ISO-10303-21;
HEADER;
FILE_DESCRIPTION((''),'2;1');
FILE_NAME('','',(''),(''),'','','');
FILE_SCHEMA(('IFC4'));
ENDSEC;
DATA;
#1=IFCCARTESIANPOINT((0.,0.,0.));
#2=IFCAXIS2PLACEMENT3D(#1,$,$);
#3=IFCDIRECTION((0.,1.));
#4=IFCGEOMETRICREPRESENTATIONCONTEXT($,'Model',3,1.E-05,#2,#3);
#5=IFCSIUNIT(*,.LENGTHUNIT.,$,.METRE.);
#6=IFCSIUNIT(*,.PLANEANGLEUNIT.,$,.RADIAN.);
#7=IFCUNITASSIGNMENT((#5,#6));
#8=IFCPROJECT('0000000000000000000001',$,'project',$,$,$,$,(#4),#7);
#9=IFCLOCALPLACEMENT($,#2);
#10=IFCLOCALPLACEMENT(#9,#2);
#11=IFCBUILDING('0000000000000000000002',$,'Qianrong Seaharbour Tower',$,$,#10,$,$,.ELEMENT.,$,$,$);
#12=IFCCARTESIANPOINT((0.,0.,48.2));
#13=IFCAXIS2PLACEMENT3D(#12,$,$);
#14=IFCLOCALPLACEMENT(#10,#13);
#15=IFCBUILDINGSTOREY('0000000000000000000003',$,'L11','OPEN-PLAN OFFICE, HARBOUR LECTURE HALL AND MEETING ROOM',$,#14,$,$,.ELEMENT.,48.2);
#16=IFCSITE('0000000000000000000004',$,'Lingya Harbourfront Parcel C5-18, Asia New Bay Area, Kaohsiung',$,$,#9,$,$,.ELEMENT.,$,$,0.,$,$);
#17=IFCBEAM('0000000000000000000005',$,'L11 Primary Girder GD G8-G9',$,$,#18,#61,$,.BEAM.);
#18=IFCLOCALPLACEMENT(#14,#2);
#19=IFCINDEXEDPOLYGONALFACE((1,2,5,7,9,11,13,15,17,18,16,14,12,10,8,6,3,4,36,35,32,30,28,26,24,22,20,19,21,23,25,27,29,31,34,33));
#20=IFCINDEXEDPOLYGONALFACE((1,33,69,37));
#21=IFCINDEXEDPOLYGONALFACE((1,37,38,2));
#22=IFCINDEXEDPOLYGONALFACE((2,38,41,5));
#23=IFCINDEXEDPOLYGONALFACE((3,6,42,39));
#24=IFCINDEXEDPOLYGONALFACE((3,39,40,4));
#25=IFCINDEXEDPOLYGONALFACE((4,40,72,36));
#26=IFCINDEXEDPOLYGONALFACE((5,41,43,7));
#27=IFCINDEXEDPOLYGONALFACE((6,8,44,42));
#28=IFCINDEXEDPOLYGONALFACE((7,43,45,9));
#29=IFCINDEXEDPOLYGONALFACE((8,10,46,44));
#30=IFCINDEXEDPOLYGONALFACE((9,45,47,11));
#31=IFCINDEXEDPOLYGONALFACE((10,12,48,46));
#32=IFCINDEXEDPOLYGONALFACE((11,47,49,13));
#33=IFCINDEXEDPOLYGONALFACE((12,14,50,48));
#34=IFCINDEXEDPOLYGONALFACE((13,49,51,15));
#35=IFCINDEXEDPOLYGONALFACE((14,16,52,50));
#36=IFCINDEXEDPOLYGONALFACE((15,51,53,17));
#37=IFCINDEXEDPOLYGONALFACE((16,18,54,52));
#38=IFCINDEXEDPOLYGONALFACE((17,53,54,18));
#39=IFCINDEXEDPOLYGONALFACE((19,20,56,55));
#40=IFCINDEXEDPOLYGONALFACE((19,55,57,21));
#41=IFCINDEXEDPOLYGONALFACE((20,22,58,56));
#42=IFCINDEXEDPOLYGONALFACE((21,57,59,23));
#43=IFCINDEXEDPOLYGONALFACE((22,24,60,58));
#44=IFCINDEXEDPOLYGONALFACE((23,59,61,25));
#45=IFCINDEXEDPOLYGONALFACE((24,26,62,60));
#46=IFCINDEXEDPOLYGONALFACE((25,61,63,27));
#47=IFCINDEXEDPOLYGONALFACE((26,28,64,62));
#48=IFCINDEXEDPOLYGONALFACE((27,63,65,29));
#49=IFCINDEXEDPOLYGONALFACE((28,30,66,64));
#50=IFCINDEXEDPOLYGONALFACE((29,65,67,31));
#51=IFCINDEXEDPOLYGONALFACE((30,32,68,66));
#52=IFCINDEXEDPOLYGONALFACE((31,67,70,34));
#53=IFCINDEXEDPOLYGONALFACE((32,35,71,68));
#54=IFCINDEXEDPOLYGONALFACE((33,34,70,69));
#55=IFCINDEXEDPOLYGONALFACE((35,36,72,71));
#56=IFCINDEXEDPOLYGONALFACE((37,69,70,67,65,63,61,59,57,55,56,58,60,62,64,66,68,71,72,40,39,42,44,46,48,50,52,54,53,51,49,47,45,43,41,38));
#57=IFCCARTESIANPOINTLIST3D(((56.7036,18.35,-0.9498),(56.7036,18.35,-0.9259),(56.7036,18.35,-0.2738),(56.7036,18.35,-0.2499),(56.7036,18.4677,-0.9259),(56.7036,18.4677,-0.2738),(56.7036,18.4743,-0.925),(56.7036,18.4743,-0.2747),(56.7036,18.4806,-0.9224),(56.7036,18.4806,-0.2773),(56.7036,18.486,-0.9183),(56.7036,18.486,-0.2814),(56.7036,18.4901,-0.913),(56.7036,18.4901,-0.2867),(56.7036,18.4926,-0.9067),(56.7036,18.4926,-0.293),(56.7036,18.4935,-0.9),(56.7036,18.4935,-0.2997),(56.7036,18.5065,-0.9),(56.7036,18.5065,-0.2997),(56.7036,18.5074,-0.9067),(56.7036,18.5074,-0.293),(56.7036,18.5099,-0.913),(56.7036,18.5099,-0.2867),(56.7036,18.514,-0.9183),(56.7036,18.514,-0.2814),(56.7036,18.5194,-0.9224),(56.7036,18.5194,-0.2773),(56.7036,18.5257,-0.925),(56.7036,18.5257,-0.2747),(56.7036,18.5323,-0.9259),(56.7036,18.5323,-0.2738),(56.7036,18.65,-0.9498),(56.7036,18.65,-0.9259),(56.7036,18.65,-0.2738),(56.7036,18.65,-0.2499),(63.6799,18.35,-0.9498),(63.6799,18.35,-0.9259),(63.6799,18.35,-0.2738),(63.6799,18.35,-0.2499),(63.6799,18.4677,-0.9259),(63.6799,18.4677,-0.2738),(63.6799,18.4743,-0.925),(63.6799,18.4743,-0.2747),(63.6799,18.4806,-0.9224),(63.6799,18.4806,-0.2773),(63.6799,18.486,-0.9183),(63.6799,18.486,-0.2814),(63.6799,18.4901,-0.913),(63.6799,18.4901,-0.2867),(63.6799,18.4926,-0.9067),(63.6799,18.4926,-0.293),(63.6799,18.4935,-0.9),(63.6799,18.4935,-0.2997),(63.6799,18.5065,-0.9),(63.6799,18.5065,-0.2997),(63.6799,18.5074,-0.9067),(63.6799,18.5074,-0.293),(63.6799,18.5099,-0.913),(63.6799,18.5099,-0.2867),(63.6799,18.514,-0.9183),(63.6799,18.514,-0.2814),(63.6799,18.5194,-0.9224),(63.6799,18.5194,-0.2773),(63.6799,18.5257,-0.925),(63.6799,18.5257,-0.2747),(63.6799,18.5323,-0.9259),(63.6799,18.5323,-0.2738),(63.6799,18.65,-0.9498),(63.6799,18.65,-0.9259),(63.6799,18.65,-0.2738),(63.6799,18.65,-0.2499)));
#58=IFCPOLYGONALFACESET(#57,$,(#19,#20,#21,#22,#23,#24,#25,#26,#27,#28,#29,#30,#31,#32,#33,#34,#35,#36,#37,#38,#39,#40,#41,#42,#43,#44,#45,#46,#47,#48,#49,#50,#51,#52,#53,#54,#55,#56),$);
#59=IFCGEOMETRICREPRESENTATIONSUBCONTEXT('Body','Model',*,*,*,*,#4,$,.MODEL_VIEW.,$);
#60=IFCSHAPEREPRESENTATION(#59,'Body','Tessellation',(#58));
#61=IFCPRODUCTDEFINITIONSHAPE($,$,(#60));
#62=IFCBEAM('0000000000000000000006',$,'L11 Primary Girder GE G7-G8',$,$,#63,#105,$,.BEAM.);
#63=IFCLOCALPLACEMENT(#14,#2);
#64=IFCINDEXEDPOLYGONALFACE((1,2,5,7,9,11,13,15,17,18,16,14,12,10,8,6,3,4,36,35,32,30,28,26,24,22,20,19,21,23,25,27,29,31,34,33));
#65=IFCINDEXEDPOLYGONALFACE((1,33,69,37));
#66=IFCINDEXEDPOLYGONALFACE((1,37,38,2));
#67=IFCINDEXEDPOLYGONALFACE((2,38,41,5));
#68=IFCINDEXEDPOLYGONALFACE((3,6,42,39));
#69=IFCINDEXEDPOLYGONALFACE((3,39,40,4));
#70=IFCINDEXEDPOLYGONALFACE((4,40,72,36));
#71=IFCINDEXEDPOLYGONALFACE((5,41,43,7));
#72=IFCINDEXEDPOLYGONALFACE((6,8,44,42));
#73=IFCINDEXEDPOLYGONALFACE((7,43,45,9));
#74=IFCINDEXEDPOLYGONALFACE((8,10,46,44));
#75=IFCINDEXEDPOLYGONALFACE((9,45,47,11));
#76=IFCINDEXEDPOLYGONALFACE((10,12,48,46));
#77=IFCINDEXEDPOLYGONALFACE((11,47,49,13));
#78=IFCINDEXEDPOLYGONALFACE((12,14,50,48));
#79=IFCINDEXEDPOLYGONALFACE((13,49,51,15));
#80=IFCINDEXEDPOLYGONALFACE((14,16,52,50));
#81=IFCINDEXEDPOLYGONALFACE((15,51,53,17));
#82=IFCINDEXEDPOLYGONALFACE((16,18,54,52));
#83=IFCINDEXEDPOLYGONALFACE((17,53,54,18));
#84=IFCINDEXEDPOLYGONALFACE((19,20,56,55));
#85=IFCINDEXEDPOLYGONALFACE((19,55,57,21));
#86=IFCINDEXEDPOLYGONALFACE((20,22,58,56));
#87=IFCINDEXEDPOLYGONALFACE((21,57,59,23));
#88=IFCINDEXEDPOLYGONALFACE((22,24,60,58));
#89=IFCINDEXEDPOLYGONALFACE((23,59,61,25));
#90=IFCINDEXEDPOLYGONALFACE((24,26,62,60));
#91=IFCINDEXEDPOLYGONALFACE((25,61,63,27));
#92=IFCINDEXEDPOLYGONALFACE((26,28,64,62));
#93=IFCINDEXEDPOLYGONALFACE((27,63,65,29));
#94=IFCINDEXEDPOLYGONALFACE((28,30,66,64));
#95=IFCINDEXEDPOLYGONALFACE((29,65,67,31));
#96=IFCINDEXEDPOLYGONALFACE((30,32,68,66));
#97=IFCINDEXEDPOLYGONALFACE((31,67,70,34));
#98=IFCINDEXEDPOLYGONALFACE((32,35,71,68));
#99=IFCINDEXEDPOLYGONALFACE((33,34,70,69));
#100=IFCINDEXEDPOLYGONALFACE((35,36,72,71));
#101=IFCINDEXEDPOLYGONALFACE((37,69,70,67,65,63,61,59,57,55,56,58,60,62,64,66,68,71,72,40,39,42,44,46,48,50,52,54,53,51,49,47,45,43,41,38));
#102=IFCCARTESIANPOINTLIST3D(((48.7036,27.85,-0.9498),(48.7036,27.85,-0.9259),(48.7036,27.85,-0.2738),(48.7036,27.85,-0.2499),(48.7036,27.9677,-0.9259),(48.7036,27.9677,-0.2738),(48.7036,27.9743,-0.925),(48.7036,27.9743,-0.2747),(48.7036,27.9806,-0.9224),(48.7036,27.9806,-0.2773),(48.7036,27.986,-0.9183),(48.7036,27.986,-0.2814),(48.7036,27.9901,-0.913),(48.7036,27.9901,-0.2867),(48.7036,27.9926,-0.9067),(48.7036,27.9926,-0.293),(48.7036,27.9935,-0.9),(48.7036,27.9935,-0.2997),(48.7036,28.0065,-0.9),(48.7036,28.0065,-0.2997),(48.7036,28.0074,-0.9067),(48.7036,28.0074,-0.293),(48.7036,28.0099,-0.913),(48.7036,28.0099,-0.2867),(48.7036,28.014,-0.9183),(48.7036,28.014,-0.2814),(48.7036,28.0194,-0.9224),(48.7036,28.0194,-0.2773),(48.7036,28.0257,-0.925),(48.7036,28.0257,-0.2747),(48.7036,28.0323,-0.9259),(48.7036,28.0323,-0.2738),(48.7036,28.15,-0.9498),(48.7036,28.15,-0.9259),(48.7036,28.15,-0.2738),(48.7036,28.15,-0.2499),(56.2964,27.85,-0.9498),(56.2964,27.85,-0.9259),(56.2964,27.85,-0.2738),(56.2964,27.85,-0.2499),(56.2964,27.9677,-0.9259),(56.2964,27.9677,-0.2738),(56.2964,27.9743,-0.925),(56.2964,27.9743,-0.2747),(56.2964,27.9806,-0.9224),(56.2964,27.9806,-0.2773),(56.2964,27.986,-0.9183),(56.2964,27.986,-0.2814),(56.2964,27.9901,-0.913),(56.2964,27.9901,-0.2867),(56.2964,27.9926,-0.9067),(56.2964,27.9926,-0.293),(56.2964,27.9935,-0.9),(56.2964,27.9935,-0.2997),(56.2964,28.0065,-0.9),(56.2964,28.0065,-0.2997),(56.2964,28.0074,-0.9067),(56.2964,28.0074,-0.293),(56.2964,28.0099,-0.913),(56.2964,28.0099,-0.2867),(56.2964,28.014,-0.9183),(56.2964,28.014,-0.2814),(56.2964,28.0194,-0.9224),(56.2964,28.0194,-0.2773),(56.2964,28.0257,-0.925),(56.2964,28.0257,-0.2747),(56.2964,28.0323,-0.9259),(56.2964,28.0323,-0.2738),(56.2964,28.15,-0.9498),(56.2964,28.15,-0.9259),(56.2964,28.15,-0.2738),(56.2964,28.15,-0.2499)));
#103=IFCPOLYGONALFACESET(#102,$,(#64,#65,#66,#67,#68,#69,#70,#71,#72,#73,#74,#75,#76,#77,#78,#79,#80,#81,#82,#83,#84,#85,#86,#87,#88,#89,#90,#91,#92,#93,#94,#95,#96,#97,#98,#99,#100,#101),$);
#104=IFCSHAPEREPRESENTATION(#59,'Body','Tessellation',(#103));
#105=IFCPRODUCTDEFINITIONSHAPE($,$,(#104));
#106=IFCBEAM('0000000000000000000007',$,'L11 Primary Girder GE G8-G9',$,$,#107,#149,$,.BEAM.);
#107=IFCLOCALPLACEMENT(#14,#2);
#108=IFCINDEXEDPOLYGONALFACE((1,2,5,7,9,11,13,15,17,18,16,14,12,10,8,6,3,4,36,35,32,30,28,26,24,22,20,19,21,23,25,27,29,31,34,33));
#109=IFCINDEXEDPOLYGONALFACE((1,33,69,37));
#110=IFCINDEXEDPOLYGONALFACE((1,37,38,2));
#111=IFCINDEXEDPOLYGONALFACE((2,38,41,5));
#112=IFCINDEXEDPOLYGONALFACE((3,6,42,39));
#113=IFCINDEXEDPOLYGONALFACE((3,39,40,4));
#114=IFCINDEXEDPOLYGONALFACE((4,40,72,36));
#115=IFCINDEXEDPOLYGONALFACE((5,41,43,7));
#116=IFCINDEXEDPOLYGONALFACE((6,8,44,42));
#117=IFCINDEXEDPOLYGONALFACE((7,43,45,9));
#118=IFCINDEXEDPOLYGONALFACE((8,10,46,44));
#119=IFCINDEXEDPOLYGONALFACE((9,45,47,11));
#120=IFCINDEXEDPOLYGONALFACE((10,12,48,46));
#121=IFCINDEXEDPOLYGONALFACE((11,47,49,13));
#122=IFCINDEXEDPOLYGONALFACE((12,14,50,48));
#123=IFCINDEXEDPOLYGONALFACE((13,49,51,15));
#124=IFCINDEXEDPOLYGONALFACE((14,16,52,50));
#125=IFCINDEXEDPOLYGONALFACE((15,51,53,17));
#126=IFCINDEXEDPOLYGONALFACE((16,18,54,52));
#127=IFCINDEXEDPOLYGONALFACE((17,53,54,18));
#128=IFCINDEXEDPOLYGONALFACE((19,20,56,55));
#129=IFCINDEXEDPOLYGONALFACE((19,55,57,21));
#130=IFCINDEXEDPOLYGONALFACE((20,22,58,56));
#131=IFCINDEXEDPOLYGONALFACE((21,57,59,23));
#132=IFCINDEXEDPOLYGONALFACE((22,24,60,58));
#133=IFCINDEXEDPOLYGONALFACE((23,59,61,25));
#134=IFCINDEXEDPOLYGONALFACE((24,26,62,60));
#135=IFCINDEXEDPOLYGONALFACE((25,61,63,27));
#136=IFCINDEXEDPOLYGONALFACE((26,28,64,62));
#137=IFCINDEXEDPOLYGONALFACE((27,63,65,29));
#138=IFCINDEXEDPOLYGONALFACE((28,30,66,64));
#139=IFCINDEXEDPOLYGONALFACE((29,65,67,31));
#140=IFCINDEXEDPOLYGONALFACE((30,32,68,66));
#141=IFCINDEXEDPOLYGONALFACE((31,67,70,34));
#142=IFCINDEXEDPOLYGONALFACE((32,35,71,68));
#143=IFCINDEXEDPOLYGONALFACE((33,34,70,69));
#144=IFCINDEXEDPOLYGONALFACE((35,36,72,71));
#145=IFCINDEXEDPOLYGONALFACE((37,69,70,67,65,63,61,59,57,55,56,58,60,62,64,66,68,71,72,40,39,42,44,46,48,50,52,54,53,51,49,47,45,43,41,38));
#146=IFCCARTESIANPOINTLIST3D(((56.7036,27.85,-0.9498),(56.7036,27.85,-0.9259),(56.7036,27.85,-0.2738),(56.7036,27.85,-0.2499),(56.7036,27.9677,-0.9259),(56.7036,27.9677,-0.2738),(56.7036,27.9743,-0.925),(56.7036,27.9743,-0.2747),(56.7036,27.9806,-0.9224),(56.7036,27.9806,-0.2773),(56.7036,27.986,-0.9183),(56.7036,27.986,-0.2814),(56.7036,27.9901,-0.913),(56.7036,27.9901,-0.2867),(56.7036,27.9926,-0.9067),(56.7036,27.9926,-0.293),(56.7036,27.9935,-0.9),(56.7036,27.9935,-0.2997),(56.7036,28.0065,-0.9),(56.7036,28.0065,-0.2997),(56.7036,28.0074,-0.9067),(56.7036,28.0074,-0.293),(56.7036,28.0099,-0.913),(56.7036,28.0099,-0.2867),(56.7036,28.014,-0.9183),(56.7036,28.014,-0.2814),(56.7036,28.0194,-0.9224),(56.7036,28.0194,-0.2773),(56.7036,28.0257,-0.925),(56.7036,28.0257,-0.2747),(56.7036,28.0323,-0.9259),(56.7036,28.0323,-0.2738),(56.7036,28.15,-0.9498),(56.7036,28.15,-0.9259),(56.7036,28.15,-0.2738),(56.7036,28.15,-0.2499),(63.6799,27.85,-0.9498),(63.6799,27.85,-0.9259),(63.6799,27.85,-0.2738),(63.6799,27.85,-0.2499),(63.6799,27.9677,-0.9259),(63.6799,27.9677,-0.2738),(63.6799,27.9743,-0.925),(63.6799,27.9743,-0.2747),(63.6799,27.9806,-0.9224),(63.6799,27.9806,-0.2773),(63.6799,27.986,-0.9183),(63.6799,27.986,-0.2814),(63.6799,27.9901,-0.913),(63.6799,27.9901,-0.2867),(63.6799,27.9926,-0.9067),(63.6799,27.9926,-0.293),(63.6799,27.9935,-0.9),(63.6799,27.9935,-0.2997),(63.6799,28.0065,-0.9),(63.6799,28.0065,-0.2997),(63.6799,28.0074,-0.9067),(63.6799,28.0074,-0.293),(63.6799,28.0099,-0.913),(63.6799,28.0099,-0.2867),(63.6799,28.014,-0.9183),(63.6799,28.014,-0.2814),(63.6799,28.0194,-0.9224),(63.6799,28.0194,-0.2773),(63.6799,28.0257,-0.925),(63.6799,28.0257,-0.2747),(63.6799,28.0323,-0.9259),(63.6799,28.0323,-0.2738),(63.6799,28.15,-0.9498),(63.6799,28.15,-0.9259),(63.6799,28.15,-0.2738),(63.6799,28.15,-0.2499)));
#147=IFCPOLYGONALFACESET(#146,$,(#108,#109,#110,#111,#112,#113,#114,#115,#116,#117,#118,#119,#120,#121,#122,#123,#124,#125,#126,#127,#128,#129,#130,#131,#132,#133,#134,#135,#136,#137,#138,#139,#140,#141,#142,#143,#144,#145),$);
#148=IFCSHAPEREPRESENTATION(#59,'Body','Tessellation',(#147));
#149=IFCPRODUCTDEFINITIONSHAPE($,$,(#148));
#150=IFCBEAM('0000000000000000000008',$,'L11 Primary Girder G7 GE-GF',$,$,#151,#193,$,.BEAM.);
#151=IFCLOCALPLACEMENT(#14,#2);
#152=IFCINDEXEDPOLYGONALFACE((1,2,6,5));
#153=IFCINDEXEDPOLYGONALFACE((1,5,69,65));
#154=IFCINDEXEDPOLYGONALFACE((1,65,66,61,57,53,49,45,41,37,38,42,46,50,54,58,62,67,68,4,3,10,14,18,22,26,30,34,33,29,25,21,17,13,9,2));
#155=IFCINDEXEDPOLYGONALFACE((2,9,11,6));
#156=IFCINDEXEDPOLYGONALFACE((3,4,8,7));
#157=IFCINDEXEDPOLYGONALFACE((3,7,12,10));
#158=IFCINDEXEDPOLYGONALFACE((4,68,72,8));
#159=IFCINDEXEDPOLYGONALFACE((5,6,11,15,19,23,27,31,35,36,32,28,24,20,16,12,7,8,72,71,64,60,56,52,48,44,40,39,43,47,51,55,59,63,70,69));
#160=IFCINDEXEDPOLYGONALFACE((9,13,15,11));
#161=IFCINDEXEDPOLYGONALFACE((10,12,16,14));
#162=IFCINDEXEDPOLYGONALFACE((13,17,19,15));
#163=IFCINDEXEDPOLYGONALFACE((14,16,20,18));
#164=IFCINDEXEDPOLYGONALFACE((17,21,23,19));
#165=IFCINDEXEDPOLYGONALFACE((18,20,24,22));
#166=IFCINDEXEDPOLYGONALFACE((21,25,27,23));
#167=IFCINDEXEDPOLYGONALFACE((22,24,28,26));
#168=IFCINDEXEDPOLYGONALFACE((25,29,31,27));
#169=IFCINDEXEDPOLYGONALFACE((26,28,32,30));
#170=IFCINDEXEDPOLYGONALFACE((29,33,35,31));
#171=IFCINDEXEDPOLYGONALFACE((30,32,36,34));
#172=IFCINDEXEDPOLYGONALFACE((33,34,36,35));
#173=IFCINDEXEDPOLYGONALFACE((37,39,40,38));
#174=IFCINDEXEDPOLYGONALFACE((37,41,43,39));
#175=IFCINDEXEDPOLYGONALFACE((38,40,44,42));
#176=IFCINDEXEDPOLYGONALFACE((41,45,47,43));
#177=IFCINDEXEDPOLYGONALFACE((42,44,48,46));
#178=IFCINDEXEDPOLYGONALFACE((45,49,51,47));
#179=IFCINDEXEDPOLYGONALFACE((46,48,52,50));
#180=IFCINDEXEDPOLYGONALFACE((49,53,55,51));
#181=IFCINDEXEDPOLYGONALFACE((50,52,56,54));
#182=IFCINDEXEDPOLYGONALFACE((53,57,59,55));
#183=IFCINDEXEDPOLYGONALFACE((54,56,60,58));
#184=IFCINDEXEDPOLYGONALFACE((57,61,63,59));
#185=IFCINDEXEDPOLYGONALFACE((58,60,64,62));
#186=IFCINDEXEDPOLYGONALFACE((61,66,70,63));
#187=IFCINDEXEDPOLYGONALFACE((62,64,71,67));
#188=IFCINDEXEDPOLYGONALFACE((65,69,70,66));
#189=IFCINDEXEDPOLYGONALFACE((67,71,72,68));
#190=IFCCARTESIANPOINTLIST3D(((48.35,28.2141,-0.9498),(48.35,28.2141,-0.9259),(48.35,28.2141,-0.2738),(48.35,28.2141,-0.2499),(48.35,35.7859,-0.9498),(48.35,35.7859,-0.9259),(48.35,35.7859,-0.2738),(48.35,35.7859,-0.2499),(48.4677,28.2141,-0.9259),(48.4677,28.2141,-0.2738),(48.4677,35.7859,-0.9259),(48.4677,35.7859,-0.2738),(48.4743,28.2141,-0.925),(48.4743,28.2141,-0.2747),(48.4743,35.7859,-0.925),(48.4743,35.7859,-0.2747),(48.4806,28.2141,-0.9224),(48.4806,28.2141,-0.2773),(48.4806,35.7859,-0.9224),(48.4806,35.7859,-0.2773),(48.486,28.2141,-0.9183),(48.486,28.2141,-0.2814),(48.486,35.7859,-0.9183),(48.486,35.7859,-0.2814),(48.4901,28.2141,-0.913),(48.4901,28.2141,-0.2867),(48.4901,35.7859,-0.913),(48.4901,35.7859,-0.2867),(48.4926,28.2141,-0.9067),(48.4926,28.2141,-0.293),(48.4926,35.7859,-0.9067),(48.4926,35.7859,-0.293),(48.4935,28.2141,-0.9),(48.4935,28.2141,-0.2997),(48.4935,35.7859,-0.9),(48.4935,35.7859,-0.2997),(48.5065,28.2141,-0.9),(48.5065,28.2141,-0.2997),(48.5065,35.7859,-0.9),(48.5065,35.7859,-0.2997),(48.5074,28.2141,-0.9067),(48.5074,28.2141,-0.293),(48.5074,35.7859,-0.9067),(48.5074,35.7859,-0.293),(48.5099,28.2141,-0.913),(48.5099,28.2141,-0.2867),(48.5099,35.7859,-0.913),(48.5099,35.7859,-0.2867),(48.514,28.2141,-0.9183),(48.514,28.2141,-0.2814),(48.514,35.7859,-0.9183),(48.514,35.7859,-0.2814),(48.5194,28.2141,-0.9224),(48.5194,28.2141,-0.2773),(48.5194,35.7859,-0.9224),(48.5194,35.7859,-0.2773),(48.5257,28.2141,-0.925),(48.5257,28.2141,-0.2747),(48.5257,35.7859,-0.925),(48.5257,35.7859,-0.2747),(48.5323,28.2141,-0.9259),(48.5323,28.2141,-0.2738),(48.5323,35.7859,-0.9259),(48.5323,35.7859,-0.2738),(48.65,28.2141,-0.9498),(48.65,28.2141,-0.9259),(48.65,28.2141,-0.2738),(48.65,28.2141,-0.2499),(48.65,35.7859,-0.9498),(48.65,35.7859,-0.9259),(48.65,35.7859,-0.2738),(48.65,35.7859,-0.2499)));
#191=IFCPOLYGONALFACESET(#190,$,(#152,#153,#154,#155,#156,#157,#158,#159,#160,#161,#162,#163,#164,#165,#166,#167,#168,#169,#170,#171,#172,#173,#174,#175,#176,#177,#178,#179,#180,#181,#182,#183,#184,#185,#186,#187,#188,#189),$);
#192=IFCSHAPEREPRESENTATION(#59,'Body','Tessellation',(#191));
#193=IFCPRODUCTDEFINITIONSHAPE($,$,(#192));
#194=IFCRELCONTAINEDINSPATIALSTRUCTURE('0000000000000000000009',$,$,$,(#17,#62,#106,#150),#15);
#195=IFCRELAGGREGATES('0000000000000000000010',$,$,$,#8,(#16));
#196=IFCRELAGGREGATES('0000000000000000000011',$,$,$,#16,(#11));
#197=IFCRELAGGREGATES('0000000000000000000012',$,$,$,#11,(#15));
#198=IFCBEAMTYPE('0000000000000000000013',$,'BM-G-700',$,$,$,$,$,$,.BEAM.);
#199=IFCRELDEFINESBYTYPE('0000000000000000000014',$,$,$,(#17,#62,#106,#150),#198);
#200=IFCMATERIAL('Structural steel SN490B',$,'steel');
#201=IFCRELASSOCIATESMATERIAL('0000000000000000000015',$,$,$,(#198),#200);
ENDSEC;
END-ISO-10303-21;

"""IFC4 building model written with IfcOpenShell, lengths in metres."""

from ifc_helpers import new_model, si_unit, direction, frame, origin, origin_2d, place, context, subcontext, project, spatial, i_section, extrude, material, material_profile, profile_set, type_object, element, save


model = new_model("IFC4")

# Units and contexts
model_context = context("Model", 3, precision=1e-05, world=origin(), true_north=direction((0.0, 1.0)))
body_context = subcontext(model_context, "Body", "Model", "MODEL_VIEW")
ifc_project = project(units=[si_unit("LENGTHUNIT", "METRE"), si_unit("PLANEANGLEUNIT", "RADIAN")], contexts=[model_context])

# Site, building, storey
site_placement = place(None, origin())
site = spatial("IfcSite", under=ifc_project, at=site_placement, Name="Lingya Harbourfront Parcel C5-18, Asia New Bay Area, Kaohsiung", CompositionType="ELEMENT", RefElevation=0.0)
building_placement = place(site_placement, origin())
building = spatial("IfcBuilding", under=site, at=building_placement, Name="Qianrong Seaharbour Tower", CompositionType="ELEMENT")
storey_placement = place(building_placement, frame((0.0, 0.0, 48.2)))
storey = spatial("IfcBuildingStorey", under=building, at=storey_placement, Name="L11", Description="OPEN-PLAN OFFICE, HARBOUR LECTURE HALL AND MEETING ROOM", CompositionType="ELEMENT", Elevation=48.2)

# Shared definitions
ifc_material_1 = material(Name="Structural steel SN490B", Category="steel")

# Beams
ifc_material_profile_1 = material_profile(ifc_material_1, i_section(OverallWidth=0.3, OverallDepth=0.7, WebThickness=0.0129, FlangeThickness=0.0239, FilletRadius=0.0259, at=origin_2d()), Name="H700x300x13x24")
ifc_profile_set_1 = profile_set([ifc_material_profile_1], Name="Structural steel SN490B")
beam_type_1 = type_object("IfcBeamType", Name="BM-G-700", PredefinedType="BEAM", material=ifc_profile_set_1)
beam_1_placement = place(storey_placement, frame((56.7036, 18.5, -0.5999), z_axis=(1.0, 0.0, 0.0), x_axis=(0.0, 1.0, 0.0)))
element("IfcBeam", 1, at=beam_1_placement, inside=storey, type_object=beam_type_1, Name="L11 Primary Girder GD G8-G9", PredefinedType="BEAM", context=body_context, shape_type="SweptSolid", body=[
    extrude(i_section(OverallWidth=0.3, OverallDepth=0.7, WebThickness=0.0129, FlangeThickness=0.0239, FilletRadius=0.0259, at=origin_2d()), origin(), (0.0, 0.0, 1.0), 6.9763),
])
beam_2_placement = place(storey_placement, frame((48.7036, 28.0, -0.5999), z_axis=(1.0, 0.0, 0.0), x_axis=(0.0, 1.0, 0.0)))
element("IfcBeam", 2, at=beam_2_placement, inside=storey, type_object=beam_type_1, Name="L11 Primary Girder GE G7-G8", PredefinedType="BEAM", context=body_context, shape_type="SweptSolid", body=[
    extrude(i_section(OverallWidth=0.3, OverallDepth=0.7, WebThickness=0.0129, FlangeThickness=0.0239, FilletRadius=0.0259, at=origin_2d()), origin(), (0.0, 0.0, 1.0), 7.5928),
])
beam_3_placement = place(storey_placement, frame((56.7036, 28.0, -0.5999), z_axis=(1.0, 0.0, 0.0), x_axis=(0.0, 1.0, 0.0)))
element("IfcBeam", 3, at=beam_3_placement, inside=storey, type_object=beam_type_1, Name="L11 Primary Girder GE G8-G9", PredefinedType="BEAM", context=body_context, shape_type="SweptSolid", body=[
    extrude(i_section(OverallWidth=0.3, OverallDepth=0.7, WebThickness=0.0129, FlangeThickness=0.0239, FilletRadius=0.0259, at=origin_2d()), origin(), (0.0, 0.0, 1.0), 6.9763),
])
for number, where, z_axis, x_axis, name in (
    (4, (48.5, 28.2141, -0.5999), (0.0, 1.0, 0.0), (-1.0, 0.0, 0.0), "L11 Primary Girder G7 GE-GF"),
):
    element("IfcBeam", number, at=place(storey_placement, frame(where, z_axis=z_axis, x_axis=x_axis)), inside=storey, type_object=beam_type_1, Name=name, PredefinedType="BEAM", context=body_context, shape_type="SweptSolid", body=[
        extrude(i_section(OverallWidth=0.3, OverallDepth=0.7, WebThickness=0.0129, FlangeThickness=0.0239, FilletRadius=0.0259, at=origin_2d()), origin(), (0.0, 0.0, 1.0), 7.5718),
    ])

save(model, "model.ifc")
